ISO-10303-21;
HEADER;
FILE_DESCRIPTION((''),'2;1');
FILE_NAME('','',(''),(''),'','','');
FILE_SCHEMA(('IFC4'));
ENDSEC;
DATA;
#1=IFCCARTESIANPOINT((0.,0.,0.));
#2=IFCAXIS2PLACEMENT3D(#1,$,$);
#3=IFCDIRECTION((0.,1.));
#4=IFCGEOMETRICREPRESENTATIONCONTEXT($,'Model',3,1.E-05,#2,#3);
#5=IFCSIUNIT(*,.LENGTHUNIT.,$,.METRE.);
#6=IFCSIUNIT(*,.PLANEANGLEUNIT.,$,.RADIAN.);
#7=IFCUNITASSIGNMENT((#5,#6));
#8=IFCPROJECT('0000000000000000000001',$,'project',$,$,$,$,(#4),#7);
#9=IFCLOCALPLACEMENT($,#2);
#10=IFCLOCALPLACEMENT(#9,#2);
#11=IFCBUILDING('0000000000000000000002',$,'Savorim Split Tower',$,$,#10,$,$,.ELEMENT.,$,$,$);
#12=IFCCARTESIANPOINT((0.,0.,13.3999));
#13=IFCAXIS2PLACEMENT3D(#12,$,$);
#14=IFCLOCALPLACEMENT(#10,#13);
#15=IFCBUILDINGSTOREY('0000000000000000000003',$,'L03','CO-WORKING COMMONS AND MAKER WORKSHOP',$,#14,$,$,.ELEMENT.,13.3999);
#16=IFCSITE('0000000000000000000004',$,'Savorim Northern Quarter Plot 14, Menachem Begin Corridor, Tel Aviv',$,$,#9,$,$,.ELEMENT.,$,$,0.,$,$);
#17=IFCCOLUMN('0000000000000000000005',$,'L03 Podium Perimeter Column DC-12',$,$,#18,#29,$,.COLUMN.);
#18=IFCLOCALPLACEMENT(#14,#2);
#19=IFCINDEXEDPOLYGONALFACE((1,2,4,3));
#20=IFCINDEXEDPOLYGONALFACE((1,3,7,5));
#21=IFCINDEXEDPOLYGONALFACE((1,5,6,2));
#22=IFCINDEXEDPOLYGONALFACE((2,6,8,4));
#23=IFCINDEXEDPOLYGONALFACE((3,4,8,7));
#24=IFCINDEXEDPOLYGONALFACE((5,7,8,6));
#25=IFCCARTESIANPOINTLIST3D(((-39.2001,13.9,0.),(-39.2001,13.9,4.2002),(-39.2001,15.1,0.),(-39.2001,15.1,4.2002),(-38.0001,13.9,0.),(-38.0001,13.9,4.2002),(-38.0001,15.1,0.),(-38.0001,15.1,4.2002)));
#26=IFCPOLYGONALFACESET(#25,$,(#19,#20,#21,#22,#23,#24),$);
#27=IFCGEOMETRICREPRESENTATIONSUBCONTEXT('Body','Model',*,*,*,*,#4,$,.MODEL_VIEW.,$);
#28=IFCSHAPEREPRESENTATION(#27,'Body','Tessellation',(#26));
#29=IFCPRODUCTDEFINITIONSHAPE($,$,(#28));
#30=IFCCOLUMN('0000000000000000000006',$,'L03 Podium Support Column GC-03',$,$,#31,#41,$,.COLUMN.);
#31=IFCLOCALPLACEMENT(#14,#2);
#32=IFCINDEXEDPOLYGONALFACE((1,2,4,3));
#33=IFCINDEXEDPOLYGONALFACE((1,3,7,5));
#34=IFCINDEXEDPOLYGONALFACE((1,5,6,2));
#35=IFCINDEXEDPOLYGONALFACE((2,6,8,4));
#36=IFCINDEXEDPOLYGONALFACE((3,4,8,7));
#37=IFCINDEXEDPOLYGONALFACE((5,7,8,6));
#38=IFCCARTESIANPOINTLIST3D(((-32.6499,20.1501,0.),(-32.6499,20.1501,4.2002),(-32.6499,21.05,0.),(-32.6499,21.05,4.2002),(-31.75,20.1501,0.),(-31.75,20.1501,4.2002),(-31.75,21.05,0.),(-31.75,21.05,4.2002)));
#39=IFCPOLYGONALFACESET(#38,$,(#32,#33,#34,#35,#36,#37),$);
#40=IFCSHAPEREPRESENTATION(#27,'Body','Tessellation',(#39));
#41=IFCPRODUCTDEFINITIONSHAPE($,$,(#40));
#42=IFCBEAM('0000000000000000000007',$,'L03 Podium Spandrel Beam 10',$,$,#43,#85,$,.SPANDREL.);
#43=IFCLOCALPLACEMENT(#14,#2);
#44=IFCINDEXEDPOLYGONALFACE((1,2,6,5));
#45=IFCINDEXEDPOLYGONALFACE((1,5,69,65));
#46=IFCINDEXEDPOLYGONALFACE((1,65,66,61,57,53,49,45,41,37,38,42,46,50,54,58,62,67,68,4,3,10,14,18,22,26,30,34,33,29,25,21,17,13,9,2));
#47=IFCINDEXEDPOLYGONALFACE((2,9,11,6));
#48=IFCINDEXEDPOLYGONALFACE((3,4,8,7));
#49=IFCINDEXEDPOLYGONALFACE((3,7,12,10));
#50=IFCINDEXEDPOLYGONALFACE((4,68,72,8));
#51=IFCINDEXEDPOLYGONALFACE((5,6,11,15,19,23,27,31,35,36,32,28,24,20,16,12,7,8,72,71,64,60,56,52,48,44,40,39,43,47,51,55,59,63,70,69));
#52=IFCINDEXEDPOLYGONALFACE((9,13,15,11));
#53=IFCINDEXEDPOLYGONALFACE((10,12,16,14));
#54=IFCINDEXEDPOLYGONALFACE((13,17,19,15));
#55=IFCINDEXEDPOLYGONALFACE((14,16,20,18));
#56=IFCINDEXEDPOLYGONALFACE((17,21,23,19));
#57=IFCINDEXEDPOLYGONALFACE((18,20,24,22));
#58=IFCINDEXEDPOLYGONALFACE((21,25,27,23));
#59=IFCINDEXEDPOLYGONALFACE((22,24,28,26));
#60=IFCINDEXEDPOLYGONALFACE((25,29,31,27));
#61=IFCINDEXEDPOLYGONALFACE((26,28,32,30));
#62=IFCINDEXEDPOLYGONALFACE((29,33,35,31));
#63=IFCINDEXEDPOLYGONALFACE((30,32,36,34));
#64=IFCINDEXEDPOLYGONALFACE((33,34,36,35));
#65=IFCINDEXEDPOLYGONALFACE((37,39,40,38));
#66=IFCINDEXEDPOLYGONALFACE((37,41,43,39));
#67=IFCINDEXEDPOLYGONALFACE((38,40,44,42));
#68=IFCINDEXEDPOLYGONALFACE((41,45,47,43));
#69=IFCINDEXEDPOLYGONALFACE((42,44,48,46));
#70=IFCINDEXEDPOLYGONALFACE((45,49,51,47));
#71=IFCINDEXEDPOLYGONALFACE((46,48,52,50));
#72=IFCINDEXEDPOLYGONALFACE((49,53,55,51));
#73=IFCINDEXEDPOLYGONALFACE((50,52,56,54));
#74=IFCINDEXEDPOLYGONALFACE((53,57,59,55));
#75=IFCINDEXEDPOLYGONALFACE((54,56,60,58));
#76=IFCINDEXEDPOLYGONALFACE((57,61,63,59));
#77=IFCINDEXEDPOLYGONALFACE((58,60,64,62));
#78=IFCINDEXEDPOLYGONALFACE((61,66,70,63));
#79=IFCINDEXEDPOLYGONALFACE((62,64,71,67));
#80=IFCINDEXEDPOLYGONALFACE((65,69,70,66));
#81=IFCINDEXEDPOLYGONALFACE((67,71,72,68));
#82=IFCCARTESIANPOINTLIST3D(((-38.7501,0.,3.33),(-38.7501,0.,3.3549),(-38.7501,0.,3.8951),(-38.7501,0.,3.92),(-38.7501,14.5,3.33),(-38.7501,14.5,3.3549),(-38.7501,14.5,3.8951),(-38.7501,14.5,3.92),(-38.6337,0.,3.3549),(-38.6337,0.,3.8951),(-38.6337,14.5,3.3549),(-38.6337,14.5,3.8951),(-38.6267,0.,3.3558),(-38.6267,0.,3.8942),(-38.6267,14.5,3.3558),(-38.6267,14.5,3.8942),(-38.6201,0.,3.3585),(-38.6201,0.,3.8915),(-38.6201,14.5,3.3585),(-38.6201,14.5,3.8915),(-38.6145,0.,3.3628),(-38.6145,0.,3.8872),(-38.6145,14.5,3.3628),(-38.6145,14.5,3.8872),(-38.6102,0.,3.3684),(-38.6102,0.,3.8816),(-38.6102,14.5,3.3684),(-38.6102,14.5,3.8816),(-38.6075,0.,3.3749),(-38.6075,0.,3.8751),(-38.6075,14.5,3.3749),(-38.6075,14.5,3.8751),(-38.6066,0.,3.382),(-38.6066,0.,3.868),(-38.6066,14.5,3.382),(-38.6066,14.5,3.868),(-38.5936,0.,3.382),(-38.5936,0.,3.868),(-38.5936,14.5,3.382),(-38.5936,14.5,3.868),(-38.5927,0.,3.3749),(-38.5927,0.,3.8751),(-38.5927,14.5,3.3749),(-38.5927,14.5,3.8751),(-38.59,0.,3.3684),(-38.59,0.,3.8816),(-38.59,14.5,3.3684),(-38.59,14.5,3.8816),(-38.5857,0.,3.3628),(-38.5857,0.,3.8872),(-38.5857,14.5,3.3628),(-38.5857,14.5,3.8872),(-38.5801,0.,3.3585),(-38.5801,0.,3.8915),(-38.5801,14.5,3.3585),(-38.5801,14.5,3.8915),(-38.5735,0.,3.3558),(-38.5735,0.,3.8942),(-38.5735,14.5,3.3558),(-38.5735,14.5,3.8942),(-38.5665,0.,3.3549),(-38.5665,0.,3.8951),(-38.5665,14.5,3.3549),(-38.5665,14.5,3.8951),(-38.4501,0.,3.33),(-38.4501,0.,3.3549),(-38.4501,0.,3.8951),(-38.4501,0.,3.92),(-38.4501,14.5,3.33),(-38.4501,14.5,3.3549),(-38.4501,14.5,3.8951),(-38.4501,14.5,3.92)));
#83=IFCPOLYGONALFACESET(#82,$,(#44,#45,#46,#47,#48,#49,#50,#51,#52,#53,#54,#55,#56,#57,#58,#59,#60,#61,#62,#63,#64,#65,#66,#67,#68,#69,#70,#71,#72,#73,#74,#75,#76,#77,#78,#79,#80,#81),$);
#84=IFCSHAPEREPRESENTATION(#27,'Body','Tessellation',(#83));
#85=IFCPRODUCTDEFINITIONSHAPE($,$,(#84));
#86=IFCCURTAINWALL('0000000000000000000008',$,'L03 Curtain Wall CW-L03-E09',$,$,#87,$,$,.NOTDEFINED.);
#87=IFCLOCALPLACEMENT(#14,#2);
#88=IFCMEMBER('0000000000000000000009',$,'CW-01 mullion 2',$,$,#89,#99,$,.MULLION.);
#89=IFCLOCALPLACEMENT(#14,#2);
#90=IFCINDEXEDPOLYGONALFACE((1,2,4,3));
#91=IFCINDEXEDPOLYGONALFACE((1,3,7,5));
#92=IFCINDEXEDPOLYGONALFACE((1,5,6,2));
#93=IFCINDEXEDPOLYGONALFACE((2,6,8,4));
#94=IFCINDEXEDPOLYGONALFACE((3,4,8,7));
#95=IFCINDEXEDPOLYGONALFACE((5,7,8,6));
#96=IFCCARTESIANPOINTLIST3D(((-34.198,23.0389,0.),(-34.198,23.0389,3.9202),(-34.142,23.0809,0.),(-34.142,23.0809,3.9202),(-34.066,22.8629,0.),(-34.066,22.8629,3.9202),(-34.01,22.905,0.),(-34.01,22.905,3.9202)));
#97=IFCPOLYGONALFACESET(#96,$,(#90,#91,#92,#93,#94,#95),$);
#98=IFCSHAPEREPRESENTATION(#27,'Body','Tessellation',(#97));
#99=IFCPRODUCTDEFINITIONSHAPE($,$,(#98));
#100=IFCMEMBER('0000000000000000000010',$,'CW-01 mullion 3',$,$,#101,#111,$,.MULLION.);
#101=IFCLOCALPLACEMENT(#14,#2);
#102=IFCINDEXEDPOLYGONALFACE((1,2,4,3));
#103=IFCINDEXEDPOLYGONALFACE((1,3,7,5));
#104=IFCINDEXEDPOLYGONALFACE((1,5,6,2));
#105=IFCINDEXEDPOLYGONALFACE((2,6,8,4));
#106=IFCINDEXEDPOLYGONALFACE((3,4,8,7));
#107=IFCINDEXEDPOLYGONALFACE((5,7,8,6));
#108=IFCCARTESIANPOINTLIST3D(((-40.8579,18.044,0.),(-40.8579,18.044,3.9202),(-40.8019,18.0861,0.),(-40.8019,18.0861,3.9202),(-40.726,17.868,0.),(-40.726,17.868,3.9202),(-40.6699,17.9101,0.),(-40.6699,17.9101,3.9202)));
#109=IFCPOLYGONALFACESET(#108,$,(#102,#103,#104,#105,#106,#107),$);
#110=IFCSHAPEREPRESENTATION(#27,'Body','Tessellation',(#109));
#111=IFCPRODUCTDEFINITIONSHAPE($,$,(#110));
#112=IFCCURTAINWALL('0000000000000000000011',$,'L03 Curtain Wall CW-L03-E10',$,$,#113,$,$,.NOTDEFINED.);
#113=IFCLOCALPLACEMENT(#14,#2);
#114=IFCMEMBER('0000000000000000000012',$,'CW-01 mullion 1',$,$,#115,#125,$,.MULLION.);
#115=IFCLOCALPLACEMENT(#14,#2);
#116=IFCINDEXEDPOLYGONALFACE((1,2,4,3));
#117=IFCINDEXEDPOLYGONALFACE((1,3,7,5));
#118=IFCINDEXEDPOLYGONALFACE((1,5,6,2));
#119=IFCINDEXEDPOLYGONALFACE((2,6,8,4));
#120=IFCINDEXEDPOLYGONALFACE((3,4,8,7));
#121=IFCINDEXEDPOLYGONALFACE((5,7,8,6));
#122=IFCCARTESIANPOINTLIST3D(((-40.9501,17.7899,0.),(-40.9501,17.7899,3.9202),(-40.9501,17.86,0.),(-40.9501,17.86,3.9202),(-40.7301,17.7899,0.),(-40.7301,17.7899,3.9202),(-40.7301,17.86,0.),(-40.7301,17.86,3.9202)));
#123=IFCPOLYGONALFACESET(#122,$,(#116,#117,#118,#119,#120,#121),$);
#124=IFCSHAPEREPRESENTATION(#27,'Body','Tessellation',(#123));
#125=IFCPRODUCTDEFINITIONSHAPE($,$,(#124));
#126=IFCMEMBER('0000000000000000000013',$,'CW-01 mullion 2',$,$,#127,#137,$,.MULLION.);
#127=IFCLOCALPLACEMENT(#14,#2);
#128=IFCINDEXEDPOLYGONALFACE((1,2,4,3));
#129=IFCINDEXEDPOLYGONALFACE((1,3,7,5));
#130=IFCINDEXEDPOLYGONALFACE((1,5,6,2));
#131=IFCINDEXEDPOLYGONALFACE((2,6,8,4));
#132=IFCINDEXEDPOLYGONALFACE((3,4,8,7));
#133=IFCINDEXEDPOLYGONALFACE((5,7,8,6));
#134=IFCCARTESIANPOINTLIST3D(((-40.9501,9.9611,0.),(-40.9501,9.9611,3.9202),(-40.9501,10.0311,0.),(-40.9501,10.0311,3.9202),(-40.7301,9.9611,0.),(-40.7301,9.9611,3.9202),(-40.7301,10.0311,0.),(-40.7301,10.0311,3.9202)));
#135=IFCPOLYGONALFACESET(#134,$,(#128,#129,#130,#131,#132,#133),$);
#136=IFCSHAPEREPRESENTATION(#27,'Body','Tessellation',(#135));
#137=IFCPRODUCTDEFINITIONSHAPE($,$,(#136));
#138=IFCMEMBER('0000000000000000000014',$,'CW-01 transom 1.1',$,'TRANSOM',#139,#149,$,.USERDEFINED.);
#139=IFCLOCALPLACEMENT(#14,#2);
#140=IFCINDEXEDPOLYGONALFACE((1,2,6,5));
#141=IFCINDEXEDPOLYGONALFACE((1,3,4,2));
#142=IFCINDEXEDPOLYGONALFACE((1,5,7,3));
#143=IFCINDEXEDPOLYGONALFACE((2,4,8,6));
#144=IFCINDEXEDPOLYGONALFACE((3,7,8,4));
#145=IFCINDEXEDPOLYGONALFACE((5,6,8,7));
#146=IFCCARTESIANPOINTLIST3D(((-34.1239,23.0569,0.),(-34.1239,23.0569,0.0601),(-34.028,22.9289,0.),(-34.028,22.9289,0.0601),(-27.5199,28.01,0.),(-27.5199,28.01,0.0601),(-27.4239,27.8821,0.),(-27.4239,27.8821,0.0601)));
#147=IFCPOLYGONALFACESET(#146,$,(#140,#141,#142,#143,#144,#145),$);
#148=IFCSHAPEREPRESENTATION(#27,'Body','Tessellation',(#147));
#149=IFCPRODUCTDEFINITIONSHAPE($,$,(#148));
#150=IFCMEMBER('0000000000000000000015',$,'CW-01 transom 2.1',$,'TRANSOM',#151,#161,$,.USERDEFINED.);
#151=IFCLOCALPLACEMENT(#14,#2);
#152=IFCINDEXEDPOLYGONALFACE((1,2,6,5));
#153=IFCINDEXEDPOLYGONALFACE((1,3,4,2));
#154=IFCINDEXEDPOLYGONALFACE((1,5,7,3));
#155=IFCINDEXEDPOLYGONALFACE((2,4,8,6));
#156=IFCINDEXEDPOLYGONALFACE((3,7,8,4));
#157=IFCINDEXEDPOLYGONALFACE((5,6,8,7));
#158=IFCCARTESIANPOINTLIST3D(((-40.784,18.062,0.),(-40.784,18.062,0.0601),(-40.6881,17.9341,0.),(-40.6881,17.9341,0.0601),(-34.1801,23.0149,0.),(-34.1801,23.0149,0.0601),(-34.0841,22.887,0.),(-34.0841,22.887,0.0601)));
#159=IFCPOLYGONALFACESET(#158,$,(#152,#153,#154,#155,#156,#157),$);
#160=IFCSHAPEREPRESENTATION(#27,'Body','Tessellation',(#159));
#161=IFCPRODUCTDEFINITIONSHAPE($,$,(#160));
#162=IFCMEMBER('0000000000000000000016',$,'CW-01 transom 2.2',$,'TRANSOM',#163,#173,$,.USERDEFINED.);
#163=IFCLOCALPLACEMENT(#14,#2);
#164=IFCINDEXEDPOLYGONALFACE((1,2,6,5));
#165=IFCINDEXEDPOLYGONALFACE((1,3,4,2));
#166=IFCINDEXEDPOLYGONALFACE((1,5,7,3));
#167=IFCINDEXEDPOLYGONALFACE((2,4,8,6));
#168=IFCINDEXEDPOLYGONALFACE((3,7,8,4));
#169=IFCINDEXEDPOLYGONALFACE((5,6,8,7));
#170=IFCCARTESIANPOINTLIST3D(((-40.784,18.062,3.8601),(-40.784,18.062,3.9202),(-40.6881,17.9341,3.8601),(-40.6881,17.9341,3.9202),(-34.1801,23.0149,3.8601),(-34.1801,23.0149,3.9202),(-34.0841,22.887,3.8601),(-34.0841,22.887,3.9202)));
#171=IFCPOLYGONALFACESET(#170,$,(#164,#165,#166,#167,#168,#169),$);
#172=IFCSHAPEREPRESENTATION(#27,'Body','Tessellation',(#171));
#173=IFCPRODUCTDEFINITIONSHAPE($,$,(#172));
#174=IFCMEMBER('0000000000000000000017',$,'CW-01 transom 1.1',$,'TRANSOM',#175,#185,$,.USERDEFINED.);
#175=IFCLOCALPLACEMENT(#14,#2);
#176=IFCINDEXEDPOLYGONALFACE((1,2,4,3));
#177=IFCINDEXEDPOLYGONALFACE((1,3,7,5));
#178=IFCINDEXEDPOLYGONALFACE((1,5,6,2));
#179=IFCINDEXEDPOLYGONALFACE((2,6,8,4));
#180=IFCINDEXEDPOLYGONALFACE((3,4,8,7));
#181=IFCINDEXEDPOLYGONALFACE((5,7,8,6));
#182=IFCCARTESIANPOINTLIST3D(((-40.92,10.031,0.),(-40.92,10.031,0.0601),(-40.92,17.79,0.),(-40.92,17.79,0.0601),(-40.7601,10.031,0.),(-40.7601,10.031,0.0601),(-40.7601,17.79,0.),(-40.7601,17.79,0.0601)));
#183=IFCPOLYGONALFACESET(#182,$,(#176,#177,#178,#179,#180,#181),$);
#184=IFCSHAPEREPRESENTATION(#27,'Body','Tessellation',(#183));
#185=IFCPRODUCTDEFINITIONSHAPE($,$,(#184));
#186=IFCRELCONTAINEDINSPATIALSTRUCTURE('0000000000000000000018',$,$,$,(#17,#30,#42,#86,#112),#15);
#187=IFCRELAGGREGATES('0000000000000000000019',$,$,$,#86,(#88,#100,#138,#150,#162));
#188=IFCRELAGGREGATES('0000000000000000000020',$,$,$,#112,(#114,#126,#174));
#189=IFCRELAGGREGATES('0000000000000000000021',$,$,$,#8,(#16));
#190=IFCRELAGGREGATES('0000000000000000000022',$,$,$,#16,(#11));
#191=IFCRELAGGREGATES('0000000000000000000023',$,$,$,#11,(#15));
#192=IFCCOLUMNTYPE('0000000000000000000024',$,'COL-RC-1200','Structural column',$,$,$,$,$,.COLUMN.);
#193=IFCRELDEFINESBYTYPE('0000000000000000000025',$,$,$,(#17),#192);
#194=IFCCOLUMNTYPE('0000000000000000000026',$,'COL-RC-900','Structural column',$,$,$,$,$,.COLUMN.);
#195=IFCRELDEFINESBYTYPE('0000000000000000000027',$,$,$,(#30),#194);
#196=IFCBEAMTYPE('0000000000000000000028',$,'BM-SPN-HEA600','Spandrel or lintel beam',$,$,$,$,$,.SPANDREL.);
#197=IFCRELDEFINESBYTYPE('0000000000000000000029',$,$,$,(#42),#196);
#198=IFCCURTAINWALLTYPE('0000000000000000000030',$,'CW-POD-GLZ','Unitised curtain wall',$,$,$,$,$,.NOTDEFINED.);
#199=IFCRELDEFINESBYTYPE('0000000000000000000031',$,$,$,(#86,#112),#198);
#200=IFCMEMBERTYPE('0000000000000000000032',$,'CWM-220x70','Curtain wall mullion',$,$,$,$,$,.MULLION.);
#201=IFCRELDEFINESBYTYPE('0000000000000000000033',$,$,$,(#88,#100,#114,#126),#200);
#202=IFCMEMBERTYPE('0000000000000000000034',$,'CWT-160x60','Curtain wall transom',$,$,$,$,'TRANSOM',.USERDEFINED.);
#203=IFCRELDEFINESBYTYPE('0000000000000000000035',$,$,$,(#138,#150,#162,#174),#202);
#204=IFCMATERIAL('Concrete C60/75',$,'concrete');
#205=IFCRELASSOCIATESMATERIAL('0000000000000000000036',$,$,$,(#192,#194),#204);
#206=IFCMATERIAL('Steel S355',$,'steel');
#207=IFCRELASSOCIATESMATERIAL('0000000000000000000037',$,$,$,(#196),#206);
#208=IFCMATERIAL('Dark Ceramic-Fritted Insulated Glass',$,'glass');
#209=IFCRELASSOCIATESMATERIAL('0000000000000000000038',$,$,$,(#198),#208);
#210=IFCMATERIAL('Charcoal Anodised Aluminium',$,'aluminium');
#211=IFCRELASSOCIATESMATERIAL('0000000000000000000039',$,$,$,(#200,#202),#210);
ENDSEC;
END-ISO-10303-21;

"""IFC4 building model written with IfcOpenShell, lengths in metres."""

from ifc_helpers import new_model, si_unit, direction, frame, origin, origin_2d, place, context, subcontext, project, spatial, rectangle, i_section, extrude, material, material_profile, profile_set, type_object, element, aggregate, save


model = new_model("IFC4")

# Units and contexts
model_context = context("Model", 3, precision=1e-05, world=origin(), true_north=direction((0.0, 1.0)))
body_context = subcontext(model_context, "Body", "Model", "MODEL_VIEW")
ifc_project = project(units=[si_unit("LENGTHUNIT", "METRE"), si_unit("PLANEANGLEUNIT", "RADIAN")], contexts=[model_context])

# Site, building, storey
site_placement = place(None, origin())
site = spatial("IfcSite", under=ifc_project, at=site_placement, Name="Savorim Northern Quarter Plot 14, Menachem Begin Corridor, Tel Aviv", CompositionType="ELEMENT", RefElevation=0.0)
building_placement = place(site_placement, origin())
building = spatial("IfcBuilding", under=site, at=building_placement, Name="Savorim Split Tower", CompositionType="ELEMENT")
storey_placement = place(building_placement, frame((0.0, 0.0, 13.3999)))
storey = spatial("IfcBuildingStorey", under=building, at=storey_placement, Name="L03", Description="CO-WORKING COMMONS AND MAKER WORKSHOP", CompositionType="ELEMENT", Elevation=13.3999)

# Columns
ifc_material_1 = material(Name="Concrete C60/75", Category="concrete")
ifc_material_profile_1 = material_profile(ifc_material_1, rectangle(XDim=1.2, YDim=1.2, at=origin_2d()), Name="RC 1200x1200")
ifc_profile_set_1 = profile_set([ifc_material_profile_1], Name="Concrete C60/75")
column_type_1 = type_object("IfcColumnType", Name="COL-RC-1200", Description="Structural column", PredefinedType="COLUMN", material=ifc_profile_set_1)
column_1_placement = place(storey_placement, frame((-38.6001, 14.5, 0.0), z_axis=(0.0, 0.0, 1.0), x_axis=(1.0, 0.0, 0.0)))
element("IfcColumn", 1, at=column_1_placement, inside=storey, type_object=column_type_1, Name="L03 Podium Perimeter Column DC-12", PredefinedType="COLUMN", context=body_context, shape_type="SweptSolid", body=[
    extrude(rectangle(XDim=1.2, YDim=1.2, at=origin_2d()), origin(), (0.0, 0.0, 1.0), 4.2002),
])
ifc_material_profile_2 = material_profile(ifc_material_1, rectangle(XDim=0.8999, YDim=0.8999, at=origin_2d()), Name="RC 900x900")
ifc_profile_set_2 = profile_set([ifc_material_profile_2], Name="Concrete C60/75")
column_type_2 = type_object("IfcColumnType", Name="COL-RC-900", Description="Structural column", PredefinedType="COLUMN", material=ifc_profile_set_2)
column_2_placement = place(storey_placement, frame((-32.2, 20.6001, 0.0), z_axis=(0.0, 0.0, 1.0), x_axis=(1.0, 0.0, 0.0)))
element("IfcColumn", 2, at=column_2_placement, inside=storey, type_object=column_type_2, Name="L03 Podium Support Column GC-03", PredefinedType="COLUMN", context=body_context, shape_type="SweptSolid", body=[
    extrude(rectangle(XDim=0.8999, YDim=0.8999, at=origin_2d()), origin(), (0.0, 0.0, 1.0), 4.2002),
])

# Beam
ifc_material_2 = material(Name="Steel S355", Category="steel")
ifc_material_profile_3 = material_profile(ifc_material_2, i_section(OverallWidth=0.3, OverallDepth=0.5901, WebThickness=0.0129, FlangeThickness=0.0249, FilletRadius=0.0271, at=origin_2d()), Name="HEA 600")
ifc_profile_set_3 = profile_set([ifc_material_profile_3], Name="Steel S355")
beam_type = type_object("IfcBeamType", Name="BM-SPN-HEA600", Description="Spandrel or lintel beam", PredefinedType="SPANDREL", material=ifc_profile_set_3)
beam_placement = place(storey_placement, frame((-38.6001, 14.5, 3.625), z_axis=(0.0, -1.0, 0.0), x_axis=(1.0, 0.0, 0.0)))
element("IfcBeam", 3, at=beam_placement, inside=storey, type_object=beam_type, Name="L03 Podium Spandrel Beam 10", PredefinedType="SPANDREL", context=body_context, shape_type="SweptSolid", body=[
    extrude(i_section(OverallWidth=0.3, OverallDepth=0.5901, WebThickness=0.0129, FlangeThickness=0.0249, FilletRadius=0.0271, at=origin_2d()), origin(), (0.0, 0.0, 1.0), 14.5),
])

# Curtain walls, members
ifc_material_3 = material(Name="Dark Ceramic-Fritted Insulated Glass", Category="glass")
curtain_wall_type = type_object("IfcCurtainWallType", Name="CW-POD-GLZ", Description="Unitised curtain wall", PredefinedType="NOTDEFINED", material=ifc_material_3)
curtain_wall_1_placement = place(storey_placement, origin())
curtain_wall_1 = element("IfcCurtainWall", 4, at=curtain_wall_1_placement, inside=storey, type_object=curtain_wall_type, Name="L03 Curtain Wall CW-L03-E09", PredefinedType="NOTDEFINED")
ifc_material_4 = material(Name="Charcoal Anodised Aluminium", Category="aluminium")
ifc_material_profile_4 = material_profile(ifc_material_4, rectangle(XDim=0.22, YDim=0.0701, at=origin_2d()), Name="ALU-M 220x70")
ifc_profile_set_4 = profile_set([ifc_material_profile_4], Name="Charcoal Anodised Aluminium")
member_type_1 = type_object("IfcMemberType", Name="CWM-220x70", Description="Curtain wall mullion", PredefinedType="MULLION", material=ifc_profile_set_4)
member_1_placement = place(storey_placement, frame((-34.104, 22.9719, 0.0), z_axis=(0.0, 0.0, 1.0), x_axis=(0.6, -0.8, 0.0)))
member_1 = element("IfcMember", 5, at=member_1_placement, type_object=member_type_1, Name="CW-01 mullion 2", PredefinedType="MULLION", context=body_context, shape_type="SweptSolid", body=[
    extrude(rectangle(XDim=0.22, YDim=0.0701, at=origin_2d()), origin(), (0.0, 0.0, 1.0), 3.9202),
])
member_2_placement = place(storey_placement, frame((-40.7639, 17.9771, 0.0), z_axis=(0.0, 0.0, 1.0), x_axis=(0.6, -0.8, 0.0)))
member_2 = element("IfcMember", 6, at=member_2_placement, type_object=member_type_1, Name="CW-01 mullion 3", PredefinedType="MULLION", context=body_context, shape_type="SweptSolid", body=[
    extrude(rectangle(XDim=0.22, YDim=0.0701, at=origin_2d()), origin(), (0.0, 0.0, 1.0), 3.9202),
])
curtain_wall_2_placement = place(storey_placement, origin())
curtain_wall_2 = element("IfcCurtainWall", 7, at=curtain_wall_2_placement, inside=storey, type_object=curtain_wall_type, Name="L03 Curtain Wall CW-L03-E10", PredefinedType="NOTDEFINED")
member_3_placement = place(storey_placement, frame((-40.8401, 17.825, 0.0), z_axis=(0.0, 0.0, 1.0), x_axis=(1.0, 0.0, 0.0)))
member_3 = element("IfcMember", 8, at=member_3_placement, type_object=member_type_1, Name="CW-01 mullion 1", PredefinedType="MULLION", context=body_context, shape_type="SweptSolid", body=[
    extrude(rectangle(XDim=0.22, YDim=0.0701, at=origin_2d()), origin(), (0.0, 0.0, 1.0), 3.9202),
])
member_4_placement = place(storey_placement, frame((-40.8401, 9.9961, 0.0), z_axis=(0.0, 0.0, 1.0), x_axis=(1.0, 0.0, 0.0)))
member_4 = element("IfcMember", 9, at=member_4_placement, type_object=member_type_1, Name="CW-01 mullion 2", PredefinedType="MULLION", context=body_context, shape_type="SweptSolid", body=[
    extrude(rectangle(XDim=0.22, YDim=0.0701, at=origin_2d()), origin(), (0.0, 0.0, 1.0), 3.9202),
])

# Members
ifc_material_profile_5 = material_profile(ifc_material_4, rectangle(XDim=0.1599, YDim=0.0601, at=origin_2d()), Name="ALU-T 160x60")
ifc_profile_set_5 = profile_set([ifc_material_profile_5], Name="Charcoal Anodised Aluminium")
member_type_2 = type_object("IfcMemberType", Name="CWT-160x60", Description="Curtain wall transom", ElementType="TRANSOM", PredefinedType="USERDEFINED", material=ifc_profile_set_5)
member_5_placement = place(storey_placement, frame((-27.4719, 27.946, 0.03), z_axis=(-0.799993, -0.600009, 0.0), x_axis=(0.600009, -0.799993, 0.0)))
member_5 = element("IfcMember", 10, at=member_5_placement, type_object=member_type_2, Name="CW-01 transom 1.1", ObjectType="TRANSOM", PredefinedType="USERDEFINED", context=body_context, shape_type="SweptSolid", body=[
    extrude(rectangle(XDim=0.1599, YDim=0.0601, at=origin_2d()), origin(), (0.0, 0.0, 1.0), 8.2551),
])
member_6_placement = place(storey_placement, frame((-34.1321, 22.9509, 0.03), z_axis=(-0.800007, -0.599991, 0.0), x_axis=(0.599991, -0.800007, 0.0)))
member_6 = element("IfcMember", 11, at=member_6_placement, type_object=member_type_2, Name="CW-01 transom 2.1", ObjectType="TRANSOM", PredefinedType="USERDEFINED", context=body_context, shape_type="SweptSolid", body=[
    extrude(rectangle(XDim=0.1599, YDim=0.0601, at=origin_2d()), origin(), (0.0, 0.0, 1.0), 8.2549),
])
member_7_placement = place(storey_placement, frame((-34.1321, 22.9509, 3.8901), z_axis=(-0.800007, -0.599991, 0.0), x_axis=(0.599991, -0.800007, 0.0)))
member_7 = element("IfcMember", 12, at=member_7_placement, type_object=member_type_2, Name="CW-01 transom 2.2", ObjectType="TRANSOM", PredefinedType="USERDEFINED", context=body_context, shape_type="SweptSolid", body=[
    extrude(rectangle(XDim=0.1599, YDim=0.0601, at=origin_2d()), origin(), (0.0, 0.0, 1.0), 8.2549),
])
member_8_placement = place(storey_placement, frame((-40.8401, 17.79, 0.03), z_axis=(0.0, -1.0, 0.0), x_axis=(1.0, 0.0, 0.0)))
member_8 = element("IfcMember", 13, at=member_8_placement, type_object=member_type_2, Name="CW-01 transom 1.1", ObjectType="TRANSOM", PredefinedType="USERDEFINED", context=body_context, shape_type="SweptSolid", body=[
    extrude(rectangle(XDim=0.1599, YDim=0.0601, at=origin_2d()), origin(), (0.0, 0.0, 1.0), 7.759),
])

aggregate(curtain_wall_1, [member_1, member_2, member_5, member_6, member_7])
aggregate(curtain_wall_2, [member_3, member_4, member_8])

save(model, "model.ifc")
